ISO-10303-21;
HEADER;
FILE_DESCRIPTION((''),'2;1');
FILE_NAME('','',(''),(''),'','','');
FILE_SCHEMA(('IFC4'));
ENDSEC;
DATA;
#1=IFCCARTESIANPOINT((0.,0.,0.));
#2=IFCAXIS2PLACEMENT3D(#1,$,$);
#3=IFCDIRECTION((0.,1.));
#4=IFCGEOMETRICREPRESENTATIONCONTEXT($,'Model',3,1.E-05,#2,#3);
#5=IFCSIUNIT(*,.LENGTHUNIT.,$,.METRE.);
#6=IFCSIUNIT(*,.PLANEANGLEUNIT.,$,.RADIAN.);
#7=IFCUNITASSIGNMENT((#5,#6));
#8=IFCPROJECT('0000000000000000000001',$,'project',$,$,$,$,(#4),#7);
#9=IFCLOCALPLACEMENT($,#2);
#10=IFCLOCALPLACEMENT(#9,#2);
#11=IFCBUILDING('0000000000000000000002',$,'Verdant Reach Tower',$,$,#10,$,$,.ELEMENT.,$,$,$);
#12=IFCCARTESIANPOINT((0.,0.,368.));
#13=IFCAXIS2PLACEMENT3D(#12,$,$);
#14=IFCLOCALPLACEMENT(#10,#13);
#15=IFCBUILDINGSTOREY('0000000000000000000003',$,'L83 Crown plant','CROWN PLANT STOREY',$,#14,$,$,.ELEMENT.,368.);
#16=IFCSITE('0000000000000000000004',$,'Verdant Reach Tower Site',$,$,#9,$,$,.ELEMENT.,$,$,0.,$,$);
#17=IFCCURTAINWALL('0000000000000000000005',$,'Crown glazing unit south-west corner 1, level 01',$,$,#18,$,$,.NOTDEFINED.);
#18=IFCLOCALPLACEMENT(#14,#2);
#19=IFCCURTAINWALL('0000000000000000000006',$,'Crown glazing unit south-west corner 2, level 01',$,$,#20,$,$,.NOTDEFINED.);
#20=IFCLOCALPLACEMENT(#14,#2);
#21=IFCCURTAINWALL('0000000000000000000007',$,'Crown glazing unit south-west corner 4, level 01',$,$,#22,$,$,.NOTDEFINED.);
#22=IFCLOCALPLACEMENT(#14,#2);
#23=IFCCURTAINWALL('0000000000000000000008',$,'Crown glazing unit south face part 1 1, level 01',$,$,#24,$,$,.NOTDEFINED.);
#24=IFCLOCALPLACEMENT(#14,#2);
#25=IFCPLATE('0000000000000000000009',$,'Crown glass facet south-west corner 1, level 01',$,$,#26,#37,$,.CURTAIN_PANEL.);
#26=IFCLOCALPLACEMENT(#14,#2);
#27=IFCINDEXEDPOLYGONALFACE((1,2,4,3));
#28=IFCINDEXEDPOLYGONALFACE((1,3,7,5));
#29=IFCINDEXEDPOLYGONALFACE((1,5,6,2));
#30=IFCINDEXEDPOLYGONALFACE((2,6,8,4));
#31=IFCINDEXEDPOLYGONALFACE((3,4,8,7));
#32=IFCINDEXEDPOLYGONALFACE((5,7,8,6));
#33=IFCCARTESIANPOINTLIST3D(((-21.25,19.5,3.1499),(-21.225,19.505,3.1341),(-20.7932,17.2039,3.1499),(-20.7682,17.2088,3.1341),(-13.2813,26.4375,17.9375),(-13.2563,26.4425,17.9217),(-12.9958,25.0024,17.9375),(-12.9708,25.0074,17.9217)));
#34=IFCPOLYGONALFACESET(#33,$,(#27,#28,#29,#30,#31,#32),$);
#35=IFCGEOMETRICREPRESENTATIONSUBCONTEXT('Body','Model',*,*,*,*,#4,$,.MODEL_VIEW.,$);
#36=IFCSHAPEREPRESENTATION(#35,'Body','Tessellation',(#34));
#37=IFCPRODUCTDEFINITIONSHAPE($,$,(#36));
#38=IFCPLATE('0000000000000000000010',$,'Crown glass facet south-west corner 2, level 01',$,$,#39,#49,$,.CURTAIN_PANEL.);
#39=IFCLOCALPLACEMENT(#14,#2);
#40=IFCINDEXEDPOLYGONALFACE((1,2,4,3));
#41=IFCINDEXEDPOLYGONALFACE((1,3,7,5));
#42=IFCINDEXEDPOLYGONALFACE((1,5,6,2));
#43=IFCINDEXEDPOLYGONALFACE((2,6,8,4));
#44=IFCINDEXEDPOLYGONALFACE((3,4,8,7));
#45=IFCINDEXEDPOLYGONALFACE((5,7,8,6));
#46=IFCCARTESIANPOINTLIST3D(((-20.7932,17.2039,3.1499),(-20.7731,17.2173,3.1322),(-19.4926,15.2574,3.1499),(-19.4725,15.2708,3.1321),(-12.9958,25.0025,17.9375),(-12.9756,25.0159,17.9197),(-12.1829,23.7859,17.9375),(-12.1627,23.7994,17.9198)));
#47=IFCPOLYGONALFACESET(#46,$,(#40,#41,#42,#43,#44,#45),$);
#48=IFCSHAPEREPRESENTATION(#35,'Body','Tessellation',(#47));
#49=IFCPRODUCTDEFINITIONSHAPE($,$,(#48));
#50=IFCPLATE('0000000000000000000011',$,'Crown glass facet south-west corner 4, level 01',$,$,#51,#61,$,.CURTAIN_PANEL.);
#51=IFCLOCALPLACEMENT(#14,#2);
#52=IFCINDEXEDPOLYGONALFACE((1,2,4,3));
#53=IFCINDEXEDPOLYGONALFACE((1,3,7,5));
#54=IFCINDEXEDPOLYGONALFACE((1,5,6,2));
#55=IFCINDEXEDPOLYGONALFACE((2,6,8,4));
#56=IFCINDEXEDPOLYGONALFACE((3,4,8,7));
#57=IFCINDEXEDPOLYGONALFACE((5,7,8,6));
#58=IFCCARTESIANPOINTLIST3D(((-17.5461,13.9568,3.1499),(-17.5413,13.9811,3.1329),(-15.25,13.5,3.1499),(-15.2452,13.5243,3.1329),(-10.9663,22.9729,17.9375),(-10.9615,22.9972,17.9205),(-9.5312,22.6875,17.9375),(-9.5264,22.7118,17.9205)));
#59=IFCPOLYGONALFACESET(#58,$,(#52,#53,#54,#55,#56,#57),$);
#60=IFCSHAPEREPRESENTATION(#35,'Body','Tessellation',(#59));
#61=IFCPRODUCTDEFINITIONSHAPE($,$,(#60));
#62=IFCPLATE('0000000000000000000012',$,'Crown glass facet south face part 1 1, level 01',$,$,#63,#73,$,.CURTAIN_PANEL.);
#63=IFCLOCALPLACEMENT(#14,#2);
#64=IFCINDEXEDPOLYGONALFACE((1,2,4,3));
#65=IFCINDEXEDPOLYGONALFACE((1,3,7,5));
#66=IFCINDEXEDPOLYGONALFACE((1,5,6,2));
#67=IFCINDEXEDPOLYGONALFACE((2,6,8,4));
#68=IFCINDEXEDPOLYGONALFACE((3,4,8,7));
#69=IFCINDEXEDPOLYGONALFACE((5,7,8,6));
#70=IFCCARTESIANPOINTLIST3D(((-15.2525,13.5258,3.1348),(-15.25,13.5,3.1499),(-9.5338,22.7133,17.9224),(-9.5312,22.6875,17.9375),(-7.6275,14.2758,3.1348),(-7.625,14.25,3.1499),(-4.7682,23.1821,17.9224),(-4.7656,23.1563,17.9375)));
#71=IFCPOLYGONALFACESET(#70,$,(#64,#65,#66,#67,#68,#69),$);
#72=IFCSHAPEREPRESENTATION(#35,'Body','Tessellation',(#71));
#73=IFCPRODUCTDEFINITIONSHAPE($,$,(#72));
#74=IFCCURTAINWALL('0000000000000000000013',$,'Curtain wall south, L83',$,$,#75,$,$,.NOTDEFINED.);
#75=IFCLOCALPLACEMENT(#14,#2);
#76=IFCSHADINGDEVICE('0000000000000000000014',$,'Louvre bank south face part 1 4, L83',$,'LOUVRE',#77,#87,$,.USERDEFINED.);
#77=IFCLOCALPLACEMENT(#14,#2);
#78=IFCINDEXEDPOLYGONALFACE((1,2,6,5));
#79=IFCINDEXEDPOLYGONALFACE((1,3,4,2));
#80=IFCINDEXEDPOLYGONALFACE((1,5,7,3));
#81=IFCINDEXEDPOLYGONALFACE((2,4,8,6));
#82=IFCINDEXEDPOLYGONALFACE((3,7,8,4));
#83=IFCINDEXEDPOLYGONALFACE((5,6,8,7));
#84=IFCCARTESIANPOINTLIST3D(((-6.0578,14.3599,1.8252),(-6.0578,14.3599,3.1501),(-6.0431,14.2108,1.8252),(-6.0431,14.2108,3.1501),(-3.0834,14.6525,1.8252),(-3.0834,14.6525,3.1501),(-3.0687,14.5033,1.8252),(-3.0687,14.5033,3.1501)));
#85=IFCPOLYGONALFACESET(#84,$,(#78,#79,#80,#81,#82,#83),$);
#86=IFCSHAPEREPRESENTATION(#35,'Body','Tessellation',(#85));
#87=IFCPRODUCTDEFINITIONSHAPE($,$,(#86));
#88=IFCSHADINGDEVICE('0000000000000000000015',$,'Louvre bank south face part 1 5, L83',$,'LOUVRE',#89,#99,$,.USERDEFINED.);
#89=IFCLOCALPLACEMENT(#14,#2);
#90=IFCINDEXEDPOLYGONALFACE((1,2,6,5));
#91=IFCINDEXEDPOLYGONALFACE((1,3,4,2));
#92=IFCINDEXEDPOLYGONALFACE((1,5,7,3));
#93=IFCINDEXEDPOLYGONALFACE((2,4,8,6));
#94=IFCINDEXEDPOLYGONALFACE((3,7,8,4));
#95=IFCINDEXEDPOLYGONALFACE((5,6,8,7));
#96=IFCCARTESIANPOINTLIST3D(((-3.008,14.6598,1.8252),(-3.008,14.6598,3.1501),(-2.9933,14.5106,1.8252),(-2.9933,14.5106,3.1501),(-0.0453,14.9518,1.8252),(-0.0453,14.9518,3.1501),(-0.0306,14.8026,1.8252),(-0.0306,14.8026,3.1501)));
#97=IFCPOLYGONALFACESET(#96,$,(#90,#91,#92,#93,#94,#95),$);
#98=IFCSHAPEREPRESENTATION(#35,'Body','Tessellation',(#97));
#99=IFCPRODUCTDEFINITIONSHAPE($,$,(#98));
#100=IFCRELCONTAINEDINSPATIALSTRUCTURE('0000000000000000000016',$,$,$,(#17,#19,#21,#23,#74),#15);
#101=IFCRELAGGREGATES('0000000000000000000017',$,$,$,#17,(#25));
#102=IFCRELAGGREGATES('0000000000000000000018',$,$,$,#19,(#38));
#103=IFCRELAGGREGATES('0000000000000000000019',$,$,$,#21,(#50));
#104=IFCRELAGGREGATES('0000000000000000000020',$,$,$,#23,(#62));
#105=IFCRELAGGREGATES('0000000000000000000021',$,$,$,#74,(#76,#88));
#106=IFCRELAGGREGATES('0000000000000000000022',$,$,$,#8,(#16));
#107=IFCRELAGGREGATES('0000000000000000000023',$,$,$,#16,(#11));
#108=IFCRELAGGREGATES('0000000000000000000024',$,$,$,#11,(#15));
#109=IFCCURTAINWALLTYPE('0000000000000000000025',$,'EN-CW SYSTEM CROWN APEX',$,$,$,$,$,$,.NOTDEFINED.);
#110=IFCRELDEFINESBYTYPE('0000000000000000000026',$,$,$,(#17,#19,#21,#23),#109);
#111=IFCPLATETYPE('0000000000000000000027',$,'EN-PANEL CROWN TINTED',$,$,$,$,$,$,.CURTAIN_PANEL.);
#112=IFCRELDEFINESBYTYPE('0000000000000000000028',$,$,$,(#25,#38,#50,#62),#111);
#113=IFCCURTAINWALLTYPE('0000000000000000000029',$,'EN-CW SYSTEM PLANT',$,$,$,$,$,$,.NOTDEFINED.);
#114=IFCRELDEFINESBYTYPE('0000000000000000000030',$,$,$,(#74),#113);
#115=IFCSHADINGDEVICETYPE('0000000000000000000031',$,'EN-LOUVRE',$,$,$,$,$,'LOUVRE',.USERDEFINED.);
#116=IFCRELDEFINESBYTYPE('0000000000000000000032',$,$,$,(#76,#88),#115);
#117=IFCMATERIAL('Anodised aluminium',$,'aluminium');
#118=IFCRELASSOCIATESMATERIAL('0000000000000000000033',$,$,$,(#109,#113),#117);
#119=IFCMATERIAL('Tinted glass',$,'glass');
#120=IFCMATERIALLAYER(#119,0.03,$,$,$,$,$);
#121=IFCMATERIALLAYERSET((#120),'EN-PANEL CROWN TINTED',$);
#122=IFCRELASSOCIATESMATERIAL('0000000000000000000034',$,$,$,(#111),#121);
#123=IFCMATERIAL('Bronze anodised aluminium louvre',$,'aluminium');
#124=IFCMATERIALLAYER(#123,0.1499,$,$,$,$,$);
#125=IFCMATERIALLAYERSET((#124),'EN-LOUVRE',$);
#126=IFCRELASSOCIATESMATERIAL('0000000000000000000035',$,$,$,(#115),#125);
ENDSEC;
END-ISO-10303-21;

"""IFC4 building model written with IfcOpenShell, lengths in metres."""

from ifc_helpers import new_model, si_unit, direction, frame, origin, origin_2d, place, context, subcontext, project, spatial, polyline, rectangle, outline, extrude, material, layer, layer_set, type_object, element, aggregate, save


model = new_model("IFC4")

# Units and contexts
model_context = context("Model", 3, precision=1e-05, world=origin(), true_north=direction((0.0, 1.0)))
body_context = subcontext(model_context, "Body", "Model", "MODEL_VIEW")
ifc_project = project(units=[si_unit("LENGTHUNIT", "METRE"), si_unit("PLANEANGLEUNIT", "RADIAN")], contexts=[model_context])

# Site, building, storey
site_placement = place(None, origin())
site = spatial("IfcSite", under=ifc_project, at=site_placement, Name="Verdant Reach Tower Site", CompositionType="ELEMENT", RefElevation=0.0)
building_placement = place(site_placement, origin())
building = spatial("IfcBuilding", under=site, at=building_placement, Name="Verdant Reach Tower", CompositionType="ELEMENT")
storey_placement = place(building_placement, frame((0.0, 0.0, 368.0)))
storey = spatial("IfcBuildingStorey", under=building, at=storey_placement, Name="L83 Crown plant", Description="CROWN PLANT STOREY", CompositionType="ELEMENT", Elevation=368.0)

# Curtain walls
ifc_material_1 = material(Name="Anodised aluminium", Category="aluminium")
curtain_wall_type_1 = type_object("IfcCurtainWallType", Name="EN-CW SYSTEM CROWN APEX", PredefinedType="NOTDEFINED", material=ifc_material_1)
curtain_wall_1_placement = place(storey_placement, origin())
curtain_wall_1 = element("IfcCurtainWall", 1, at=curtain_wall_1_placement, inside=storey, type_object=curtain_wall_type_1, Name="Crown glazing unit south-west corner 1, level 01", PredefinedType="NOTDEFINED")
curtain_wall_2_placement = place(storey_placement, origin())
curtain_wall_2 = element("IfcCurtainWall", 2, at=curtain_wall_2_placement, inside=storey, type_object=curtain_wall_type_1, Name="Crown glazing unit south-west corner 2, level 01", PredefinedType="NOTDEFINED")
curtain_wall_3_placement = place(storey_placement, origin())
curtain_wall_3 = element("IfcCurtainWall", 3, at=curtain_wall_3_placement, inside=storey, type_object=curtain_wall_type_1, Name="Crown glazing unit south-west corner 4, level 01", PredefinedType="NOTDEFINED")
curtain_wall_4_placement = place(storey_placement, origin())
curtain_wall_4 = element("IfcCurtainWall", 4, at=curtain_wall_4_placement, inside=storey, type_object=curtain_wall_type_1, Name="Crown glazing unit south face part 1 1, level 01", PredefinedType="NOTDEFINED")

# Plates
ifc_material_2 = material(Name="Tinted glass", Category="glass")
ifc_layer_1 = layer(ifc_material_2, 0.03)
ifc_layer_set_1 = layer_set([ifc_layer_1], Name="EN-PANEL CROWN TINTED")
plate_type = type_object("IfcPlateType", Name="EN-PANEL CROWN TINTED", PredefinedType="CURTAIN_PANEL", material=ifc_layer_set_1)
plate_1_placement = place(storey_placement, frame((-21.25, 19.5, 3.1499), z_axis=(-0.833554, -0.165805, 0.526969), x_axis=(0.195098, -0.980784, 0.00001)))
plate_1 = element("IfcPlate", 5, at=plate_1_placement, type_object=plate_type, Name="Crown glass facet south-west corner 1, level 01", PredefinedType="CURTAIN_PANEL", context=body_context, shape_type="SweptSolid", body=[
    extrude(outline(polyline([(0.0, 0.0), (2.3411, 0.0), (-3.7862, 17.3996), (-5.2494, 17.3996), (0.0, 0.0)])), origin(), (0.0, 0.0, -1.0), 0.03),
])
aggregate(curtain_wall_1, [plate_1])
plate_2_placement = place(storey_placement, frame((-20.7932, 17.2039, 3.1499), z_axis=(-0.671109, -0.448425, 0.590362), x_axis=(0.555563, -0.831475, -0.000018)))
plate_2 = element("IfcPlate", 6, at=plate_2_placement, type_object=plate_type, Name="Crown glass facet south-west corner 2, level 01", PredefinedType="CURTAIN_PANEL", context=body_context, shape_type="SweptSolid", body=[
    extrude(outline(polyline([(0.0, 0.0), (2.341, 0.0), (-0.6895, 18.321), (-2.1527, 18.3209), (0.0, 0.0)])), origin(), (0.0, 0.0, -1.0), 0.03),
])
aggregate(curtain_wall_2, [plate_2])
plate_3_placement = place(storey_placement, frame((-17.5461, 13.9568, 3.1499), z_axis=(-0.160966, -0.809225, 0.565017), x_axis=(0.980784, -0.195099, -0.00001)))
plate_3 = element("IfcPlate", 7, at=plate_3_placement, type_object=plate_type, Name="Crown glass facet south-west corner 4, level 01", PredefinedType="CURTAIN_PANEL", context=body_context, shape_type="SweptSolid", body=[
    extrude(outline(polyline([(0.0, 0.0), (2.3411, 0.0), (6.1574, 17.9227), (4.6942, 17.9227), (0.0, 0.0)])), origin(), (0.0, 0.0, -1.0), 0.03),
])
aggregate(curtain_wall_3, [plate_3])
plate_4_placement = place(storey_placement, frame((-15.25, 13.5, 3.1499), z_axis=(0.08466, -0.860706, 0.502014), x_axis=(0.995197, 0.097888, 0.0)))
plate_4 = element("IfcPlate", 8, at=plate_4_placement, type_object=plate_type, Name="Crown glass facet south face part 1 1, level 01", PredefinedType="CURTAIN_PANEL", context=body_context, shape_type="SweptSolid", body=[
    extrude(outline(polyline([(0.0, 0.0), (7.6618, 0.0), (11.3793, 17.0983), (6.5906, 17.0983), (0.0, 0.0)])), origin(), (0.0, 0.0, -1.0), 0.03),
])
aggregate(curtain_wall_4, [plate_4])

# Curtain wall, shading devices
curtain_wall_type_2 = type_object("IfcCurtainWallType", Name="EN-CW SYSTEM PLANT", PredefinedType="NOTDEFINED", material=ifc_material_1)
curtain_wall_5_placement = place(storey_placement, origin())
curtain_wall_5 = element("IfcCurtainWall", 9, at=curtain_wall_5_placement, inside=storey, type_object=curtain_wall_type_2, Name="Curtain wall south, L83", PredefinedType="NOTDEFINED")
ifc_material_3 = material(Name="Bronze anodised aluminium louvre", Category="aluminium")
ifc_layer_2 = layer(ifc_material_3, 0.1499)
ifc_layer_set_2 = layer_set([ifc_layer_2], Name="EN-LOUVRE")
shading_device_type = type_object("IfcShadingDeviceType", Name="EN-LOUVRE", ElementType="LOUVRE", PredefinedType="USERDEFINED", material=ifc_layer_set_2)
shading_device_1_placement = place(storey_placement, frame((-4.5632, 14.4316, 1.8252), z_axis=(0.0, 0.0, 1.0), x_axis=(0.995197, 0.097888, 0.0)))
shading_device_1 = element("IfcShadingDevice", 10, at=shading_device_1_placement, type_object=shading_device_type, Name="Louvre bank south face part 1 4, L83", ObjectType="LOUVRE", PredefinedType="USERDEFINED", context=body_context, shape_type="SweptSolid", body=[
    extrude(rectangle(XDim=2.9888, YDim=0.1499, at=origin_2d()), origin(), (0.0, 0.0, 1.0), 1.325),
])
shading_device_2_placement = place(storey_placement, frame((-1.5193, 14.7312, 1.8252), z_axis=(0.0, 0.0, 1.0), x_axis=(0.995179, 0.098075, 0.0)))
shading_device_2 = element("IfcShadingDevice", 11, at=shading_device_2_placement, type_object=shading_device_type, Name="Louvre bank south face part 1 5, L83", ObjectType="LOUVRE", PredefinedType="USERDEFINED", context=body_context, shape_type="SweptSolid", body=[
    extrude(rectangle(XDim=2.9771, YDim=0.1499, at=origin_2d()), origin(), (0.0, 0.0, 1.0), 1.325),
])
aggregate(curtain_wall_5, [shading_device_1, shading_device_2])

save(model, "model.ifc")
